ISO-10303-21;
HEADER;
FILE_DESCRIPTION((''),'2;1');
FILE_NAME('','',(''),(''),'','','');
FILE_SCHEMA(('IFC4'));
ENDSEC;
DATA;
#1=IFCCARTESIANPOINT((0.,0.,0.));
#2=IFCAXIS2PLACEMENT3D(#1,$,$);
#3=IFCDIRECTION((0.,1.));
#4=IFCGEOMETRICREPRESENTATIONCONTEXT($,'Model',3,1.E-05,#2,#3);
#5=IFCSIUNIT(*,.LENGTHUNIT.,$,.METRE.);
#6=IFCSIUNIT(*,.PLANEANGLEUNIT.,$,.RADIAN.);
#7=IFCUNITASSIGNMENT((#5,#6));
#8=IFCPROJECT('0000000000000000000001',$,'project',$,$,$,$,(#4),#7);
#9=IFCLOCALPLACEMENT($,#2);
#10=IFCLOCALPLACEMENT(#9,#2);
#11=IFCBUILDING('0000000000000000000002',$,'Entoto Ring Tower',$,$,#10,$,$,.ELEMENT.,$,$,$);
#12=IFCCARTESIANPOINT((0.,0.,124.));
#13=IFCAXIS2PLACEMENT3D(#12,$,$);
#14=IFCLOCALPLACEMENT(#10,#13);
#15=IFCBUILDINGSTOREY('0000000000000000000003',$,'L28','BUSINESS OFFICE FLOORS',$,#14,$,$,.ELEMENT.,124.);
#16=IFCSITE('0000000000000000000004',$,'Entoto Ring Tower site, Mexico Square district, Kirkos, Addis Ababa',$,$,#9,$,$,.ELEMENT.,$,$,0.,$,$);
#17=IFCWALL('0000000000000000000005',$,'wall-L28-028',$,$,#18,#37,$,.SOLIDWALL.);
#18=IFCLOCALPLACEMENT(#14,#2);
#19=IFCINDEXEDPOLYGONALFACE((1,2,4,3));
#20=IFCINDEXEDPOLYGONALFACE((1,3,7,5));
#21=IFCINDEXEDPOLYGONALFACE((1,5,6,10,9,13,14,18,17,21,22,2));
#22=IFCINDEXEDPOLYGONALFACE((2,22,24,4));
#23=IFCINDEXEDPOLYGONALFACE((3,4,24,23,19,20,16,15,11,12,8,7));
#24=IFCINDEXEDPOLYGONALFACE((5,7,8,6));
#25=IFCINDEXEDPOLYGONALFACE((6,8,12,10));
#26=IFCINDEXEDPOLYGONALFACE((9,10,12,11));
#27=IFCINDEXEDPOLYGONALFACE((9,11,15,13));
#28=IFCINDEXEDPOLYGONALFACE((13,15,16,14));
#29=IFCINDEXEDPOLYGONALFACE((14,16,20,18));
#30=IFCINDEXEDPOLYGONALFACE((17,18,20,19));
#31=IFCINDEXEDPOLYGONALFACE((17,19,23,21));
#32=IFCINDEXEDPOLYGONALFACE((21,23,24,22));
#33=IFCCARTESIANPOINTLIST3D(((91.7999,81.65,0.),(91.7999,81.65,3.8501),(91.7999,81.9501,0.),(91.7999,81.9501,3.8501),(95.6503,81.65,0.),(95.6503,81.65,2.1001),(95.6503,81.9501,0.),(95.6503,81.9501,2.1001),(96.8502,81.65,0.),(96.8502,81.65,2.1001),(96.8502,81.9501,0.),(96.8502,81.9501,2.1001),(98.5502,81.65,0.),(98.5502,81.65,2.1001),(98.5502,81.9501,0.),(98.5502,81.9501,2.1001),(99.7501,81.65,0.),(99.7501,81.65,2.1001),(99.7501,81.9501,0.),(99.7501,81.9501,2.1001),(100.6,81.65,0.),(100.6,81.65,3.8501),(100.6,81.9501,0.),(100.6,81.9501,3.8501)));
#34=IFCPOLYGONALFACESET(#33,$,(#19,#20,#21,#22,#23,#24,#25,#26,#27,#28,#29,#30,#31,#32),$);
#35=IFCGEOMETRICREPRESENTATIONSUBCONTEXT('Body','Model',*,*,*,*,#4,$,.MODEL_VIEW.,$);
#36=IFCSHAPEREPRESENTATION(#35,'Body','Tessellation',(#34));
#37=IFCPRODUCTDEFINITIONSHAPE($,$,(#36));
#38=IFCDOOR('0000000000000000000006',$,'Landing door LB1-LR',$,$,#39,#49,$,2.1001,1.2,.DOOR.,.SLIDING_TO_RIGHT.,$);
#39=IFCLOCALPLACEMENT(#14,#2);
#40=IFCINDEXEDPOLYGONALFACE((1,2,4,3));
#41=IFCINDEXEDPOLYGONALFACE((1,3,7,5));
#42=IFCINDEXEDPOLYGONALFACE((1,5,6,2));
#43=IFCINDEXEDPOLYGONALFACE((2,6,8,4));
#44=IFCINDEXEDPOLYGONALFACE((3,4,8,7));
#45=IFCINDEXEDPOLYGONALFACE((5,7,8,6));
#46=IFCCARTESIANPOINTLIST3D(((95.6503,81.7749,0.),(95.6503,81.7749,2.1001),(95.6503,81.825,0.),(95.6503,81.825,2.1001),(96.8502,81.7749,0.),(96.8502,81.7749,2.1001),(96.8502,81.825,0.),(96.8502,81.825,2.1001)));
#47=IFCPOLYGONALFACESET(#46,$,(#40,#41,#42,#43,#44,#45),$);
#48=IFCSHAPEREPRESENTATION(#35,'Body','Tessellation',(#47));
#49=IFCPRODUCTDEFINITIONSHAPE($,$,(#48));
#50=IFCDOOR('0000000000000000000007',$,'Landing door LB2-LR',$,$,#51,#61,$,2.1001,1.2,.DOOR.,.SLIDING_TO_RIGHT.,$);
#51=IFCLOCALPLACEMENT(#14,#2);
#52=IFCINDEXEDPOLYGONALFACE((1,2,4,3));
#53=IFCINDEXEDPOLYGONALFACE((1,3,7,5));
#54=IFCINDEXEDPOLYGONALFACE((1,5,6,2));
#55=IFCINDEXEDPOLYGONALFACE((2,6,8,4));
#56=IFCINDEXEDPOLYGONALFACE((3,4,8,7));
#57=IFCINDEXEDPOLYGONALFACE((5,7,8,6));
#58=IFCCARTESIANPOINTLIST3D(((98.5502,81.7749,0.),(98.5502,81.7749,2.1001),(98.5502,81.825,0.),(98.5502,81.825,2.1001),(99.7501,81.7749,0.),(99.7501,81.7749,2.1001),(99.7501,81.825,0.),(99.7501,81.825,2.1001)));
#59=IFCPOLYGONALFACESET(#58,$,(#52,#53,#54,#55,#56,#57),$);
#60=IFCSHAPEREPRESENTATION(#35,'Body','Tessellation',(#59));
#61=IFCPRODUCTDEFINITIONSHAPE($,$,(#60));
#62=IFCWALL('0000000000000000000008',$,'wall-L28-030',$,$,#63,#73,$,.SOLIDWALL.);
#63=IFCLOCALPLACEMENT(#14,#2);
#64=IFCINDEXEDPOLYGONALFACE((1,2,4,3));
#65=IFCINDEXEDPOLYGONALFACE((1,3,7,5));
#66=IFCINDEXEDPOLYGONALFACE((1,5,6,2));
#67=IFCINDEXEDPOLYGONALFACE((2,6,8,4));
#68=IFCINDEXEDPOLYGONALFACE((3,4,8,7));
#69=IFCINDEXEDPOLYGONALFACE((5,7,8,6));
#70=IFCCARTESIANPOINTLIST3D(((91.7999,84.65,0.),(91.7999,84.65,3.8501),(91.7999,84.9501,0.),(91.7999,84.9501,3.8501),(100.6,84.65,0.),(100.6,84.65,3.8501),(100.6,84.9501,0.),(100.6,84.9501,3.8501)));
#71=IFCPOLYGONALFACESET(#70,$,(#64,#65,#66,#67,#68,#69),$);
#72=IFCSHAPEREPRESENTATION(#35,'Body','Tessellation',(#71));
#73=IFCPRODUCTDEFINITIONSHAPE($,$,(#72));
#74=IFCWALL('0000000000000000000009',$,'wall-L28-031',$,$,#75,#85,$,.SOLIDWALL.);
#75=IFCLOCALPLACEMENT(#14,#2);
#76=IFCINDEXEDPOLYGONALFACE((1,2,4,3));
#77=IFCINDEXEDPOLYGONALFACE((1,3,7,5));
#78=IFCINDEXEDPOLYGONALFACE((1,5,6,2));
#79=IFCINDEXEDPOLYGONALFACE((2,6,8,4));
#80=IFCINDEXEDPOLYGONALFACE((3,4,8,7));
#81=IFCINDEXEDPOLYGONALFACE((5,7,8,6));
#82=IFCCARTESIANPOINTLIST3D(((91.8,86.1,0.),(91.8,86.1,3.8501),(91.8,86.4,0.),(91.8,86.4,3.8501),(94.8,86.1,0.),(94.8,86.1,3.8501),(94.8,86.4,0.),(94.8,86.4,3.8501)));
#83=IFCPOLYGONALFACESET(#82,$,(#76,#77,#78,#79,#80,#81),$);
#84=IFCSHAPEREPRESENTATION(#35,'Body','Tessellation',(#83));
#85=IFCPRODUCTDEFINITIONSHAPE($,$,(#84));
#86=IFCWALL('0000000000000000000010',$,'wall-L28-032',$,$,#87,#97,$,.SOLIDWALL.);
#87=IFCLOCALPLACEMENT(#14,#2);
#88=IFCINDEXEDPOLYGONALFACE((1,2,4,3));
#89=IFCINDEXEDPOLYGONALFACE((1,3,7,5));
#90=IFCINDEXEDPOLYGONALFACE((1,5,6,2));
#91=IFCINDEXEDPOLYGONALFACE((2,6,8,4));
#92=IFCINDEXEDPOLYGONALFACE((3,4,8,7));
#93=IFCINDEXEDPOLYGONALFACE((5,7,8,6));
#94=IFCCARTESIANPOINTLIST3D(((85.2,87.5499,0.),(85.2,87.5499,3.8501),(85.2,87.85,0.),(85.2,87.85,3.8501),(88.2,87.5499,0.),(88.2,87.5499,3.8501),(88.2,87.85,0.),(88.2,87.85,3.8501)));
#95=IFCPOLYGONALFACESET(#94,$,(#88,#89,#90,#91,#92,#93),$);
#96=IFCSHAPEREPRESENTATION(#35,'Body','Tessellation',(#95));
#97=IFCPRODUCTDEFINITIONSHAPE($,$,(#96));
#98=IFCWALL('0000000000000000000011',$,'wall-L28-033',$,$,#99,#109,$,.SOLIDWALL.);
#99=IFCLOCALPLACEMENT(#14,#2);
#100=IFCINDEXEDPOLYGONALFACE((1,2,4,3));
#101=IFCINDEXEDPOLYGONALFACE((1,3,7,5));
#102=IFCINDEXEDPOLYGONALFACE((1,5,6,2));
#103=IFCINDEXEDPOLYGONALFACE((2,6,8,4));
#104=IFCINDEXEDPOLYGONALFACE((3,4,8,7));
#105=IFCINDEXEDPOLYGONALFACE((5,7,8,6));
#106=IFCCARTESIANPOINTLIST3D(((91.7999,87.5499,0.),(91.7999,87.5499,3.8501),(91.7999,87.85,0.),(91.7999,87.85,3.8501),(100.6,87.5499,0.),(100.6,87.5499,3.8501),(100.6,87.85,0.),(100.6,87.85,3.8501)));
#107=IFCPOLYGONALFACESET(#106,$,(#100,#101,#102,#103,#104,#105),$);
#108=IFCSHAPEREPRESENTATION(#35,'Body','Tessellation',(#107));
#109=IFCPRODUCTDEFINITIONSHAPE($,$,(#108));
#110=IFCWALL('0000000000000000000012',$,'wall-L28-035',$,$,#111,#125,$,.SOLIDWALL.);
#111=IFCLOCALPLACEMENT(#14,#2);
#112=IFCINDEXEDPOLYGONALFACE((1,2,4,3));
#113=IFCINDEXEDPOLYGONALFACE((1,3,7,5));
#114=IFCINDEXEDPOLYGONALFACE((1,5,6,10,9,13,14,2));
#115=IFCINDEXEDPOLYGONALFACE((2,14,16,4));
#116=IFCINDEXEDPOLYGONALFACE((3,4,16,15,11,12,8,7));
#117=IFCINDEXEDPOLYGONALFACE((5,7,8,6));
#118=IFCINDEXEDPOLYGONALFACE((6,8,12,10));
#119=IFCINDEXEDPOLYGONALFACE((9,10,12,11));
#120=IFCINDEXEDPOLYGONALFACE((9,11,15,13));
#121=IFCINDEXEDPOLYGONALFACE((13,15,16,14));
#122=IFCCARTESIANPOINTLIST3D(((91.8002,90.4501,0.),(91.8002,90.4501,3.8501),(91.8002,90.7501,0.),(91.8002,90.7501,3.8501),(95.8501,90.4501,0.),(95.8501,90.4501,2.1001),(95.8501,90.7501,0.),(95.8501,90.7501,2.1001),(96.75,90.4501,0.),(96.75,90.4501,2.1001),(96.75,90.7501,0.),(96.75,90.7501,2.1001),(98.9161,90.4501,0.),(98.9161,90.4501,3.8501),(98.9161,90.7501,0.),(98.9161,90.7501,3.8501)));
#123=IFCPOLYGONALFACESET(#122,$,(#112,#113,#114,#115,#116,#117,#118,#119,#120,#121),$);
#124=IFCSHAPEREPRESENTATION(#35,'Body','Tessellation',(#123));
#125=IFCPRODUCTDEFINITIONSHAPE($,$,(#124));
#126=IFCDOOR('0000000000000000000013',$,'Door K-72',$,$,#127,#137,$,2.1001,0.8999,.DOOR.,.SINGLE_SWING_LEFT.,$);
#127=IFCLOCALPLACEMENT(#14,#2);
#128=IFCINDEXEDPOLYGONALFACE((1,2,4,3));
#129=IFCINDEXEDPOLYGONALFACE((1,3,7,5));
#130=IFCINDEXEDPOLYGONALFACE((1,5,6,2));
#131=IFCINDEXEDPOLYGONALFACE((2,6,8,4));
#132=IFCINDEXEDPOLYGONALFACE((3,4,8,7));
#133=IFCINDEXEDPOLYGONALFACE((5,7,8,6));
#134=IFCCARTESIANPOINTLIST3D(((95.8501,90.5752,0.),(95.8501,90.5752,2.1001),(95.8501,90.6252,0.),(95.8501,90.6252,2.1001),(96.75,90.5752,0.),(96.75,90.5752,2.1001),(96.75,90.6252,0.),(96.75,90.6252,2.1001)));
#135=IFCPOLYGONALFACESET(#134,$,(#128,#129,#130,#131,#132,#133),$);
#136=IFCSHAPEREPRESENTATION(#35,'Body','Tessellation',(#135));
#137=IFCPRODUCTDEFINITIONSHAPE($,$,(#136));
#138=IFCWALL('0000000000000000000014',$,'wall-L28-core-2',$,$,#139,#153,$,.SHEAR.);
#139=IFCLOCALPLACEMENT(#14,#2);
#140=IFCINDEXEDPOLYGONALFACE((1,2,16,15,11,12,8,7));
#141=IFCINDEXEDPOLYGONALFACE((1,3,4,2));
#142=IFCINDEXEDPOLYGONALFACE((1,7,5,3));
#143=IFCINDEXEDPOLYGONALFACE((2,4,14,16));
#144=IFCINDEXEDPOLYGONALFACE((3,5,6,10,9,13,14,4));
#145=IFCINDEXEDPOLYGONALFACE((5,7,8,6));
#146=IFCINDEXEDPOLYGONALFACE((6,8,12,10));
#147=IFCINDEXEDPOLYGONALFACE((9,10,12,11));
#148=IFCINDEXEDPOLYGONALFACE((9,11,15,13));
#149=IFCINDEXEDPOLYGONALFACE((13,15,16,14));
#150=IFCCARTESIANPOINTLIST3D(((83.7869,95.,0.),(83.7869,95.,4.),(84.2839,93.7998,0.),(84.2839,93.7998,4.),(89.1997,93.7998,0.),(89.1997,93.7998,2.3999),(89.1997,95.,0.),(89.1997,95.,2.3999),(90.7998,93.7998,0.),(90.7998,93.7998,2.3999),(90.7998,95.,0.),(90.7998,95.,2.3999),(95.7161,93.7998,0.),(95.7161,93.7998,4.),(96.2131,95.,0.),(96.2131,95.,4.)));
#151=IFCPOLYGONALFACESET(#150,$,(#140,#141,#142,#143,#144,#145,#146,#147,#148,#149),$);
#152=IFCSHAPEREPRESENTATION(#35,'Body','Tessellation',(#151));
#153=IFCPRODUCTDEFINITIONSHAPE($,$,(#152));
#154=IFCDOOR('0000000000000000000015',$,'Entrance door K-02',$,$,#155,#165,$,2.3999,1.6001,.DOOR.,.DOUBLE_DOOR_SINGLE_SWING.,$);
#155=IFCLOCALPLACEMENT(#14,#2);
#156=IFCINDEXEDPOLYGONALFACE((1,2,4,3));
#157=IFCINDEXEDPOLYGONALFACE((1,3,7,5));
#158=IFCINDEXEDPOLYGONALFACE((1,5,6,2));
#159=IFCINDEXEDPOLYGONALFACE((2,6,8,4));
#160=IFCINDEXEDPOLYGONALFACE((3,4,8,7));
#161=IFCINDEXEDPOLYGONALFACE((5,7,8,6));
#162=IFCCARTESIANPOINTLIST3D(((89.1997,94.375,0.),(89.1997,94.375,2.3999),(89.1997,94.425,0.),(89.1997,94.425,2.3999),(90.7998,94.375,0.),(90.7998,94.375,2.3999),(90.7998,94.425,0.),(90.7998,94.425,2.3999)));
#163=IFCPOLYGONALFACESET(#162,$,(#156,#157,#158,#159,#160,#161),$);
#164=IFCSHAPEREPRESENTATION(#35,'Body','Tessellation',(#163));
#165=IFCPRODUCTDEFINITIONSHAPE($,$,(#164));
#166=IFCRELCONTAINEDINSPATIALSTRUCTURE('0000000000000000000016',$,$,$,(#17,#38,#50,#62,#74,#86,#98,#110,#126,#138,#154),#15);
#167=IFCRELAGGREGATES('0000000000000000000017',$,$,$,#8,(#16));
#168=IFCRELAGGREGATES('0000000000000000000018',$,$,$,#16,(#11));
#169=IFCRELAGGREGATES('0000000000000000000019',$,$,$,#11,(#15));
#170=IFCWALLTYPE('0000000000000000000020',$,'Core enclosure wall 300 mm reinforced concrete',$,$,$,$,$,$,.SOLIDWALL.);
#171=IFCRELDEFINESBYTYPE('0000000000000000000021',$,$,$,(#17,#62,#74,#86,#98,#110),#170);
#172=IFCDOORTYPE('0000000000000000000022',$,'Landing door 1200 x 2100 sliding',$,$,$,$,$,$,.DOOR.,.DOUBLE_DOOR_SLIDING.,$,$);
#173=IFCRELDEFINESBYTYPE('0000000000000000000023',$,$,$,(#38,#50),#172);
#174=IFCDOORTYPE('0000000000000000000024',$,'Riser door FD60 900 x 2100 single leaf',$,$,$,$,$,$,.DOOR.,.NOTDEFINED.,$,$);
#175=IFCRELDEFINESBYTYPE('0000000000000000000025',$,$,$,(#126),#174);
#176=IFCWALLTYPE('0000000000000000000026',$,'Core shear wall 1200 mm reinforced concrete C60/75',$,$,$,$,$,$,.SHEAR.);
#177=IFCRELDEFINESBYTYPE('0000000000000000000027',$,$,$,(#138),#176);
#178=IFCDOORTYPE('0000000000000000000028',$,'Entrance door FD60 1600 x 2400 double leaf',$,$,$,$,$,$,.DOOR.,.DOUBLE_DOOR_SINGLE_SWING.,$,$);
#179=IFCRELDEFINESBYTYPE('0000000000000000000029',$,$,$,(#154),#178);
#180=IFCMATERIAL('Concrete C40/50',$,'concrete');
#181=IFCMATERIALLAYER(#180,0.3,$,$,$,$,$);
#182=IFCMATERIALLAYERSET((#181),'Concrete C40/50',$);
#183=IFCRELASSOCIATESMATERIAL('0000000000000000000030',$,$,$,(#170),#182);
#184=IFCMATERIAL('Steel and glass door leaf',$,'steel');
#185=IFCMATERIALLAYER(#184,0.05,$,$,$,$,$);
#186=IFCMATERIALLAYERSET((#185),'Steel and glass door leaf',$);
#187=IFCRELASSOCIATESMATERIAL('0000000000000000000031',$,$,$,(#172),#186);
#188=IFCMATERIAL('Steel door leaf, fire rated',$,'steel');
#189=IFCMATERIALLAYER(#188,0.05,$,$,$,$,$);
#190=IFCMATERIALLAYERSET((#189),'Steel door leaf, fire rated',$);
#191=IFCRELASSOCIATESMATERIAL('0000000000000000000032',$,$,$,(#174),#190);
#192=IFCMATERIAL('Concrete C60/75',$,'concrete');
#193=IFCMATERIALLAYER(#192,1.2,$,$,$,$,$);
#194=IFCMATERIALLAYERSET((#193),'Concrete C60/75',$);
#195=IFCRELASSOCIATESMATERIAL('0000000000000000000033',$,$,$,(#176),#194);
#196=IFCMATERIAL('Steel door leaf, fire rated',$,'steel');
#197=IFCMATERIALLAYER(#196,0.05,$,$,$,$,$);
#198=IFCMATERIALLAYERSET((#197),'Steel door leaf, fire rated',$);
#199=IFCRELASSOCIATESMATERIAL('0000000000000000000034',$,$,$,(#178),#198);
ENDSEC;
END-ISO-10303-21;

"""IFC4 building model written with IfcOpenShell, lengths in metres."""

from ifc_helpers import new_model, si_unit, direction, frame, frame_2d, origin, place, context, subcontext, project, spatial, polyline, rectangle, outline, extrude, material, layer, layer_set, type_object, element, fill, save


model = new_model("IFC4")

# Units and contexts
model_context = context("Model", 3, precision=1e-05, world=origin(), true_north=direction((0.0, 1.0)))
body_context = subcontext(model_context, "Body", "Model", "MODEL_VIEW")
ifc_project = project(units=[si_unit("LENGTHUNIT", "METRE"), si_unit("PLANEANGLEUNIT", "RADIAN")], contexts=[model_context])

# Site, building, storey
site_placement = place(None, origin())
site = spatial("IfcSite", under=ifc_project, at=site_placement, Name="Entoto Ring Tower site, Mexico Square district, Kirkos, Addis Ababa", CompositionType="ELEMENT", RefElevation=0.0)
building_placement = place(site_placement, origin())
building = spatial("IfcBuilding", under=site, at=building_placement, Name="Entoto Ring Tower", CompositionType="ELEMENT")
storey_placement = place(building_placement, frame((0.0, 0.0, 124.0)))
storey = spatial("IfcBuildingStorey", under=building, at=storey_placement, Name="L28", Description="BUSINESS OFFICE FLOORS", CompositionType="ELEMENT", Elevation=124.0)

# Shared definitions
ifc_material_1 = material(Name="Concrete C40/50", Category="concrete")
ifc_layer_1 = layer(ifc_material_1, 0.3)
ifc_layer_set_1 = layer_set([ifc_layer_1], Name="Concrete C40/50")
wall_type_1 = type_object("IfcWallType", Name="Core enclosure wall 300 mm reinforced concrete", PredefinedType="SOLIDWALL", material=ifc_layer_set_1)

# Wall, openings, doors
wall_1_placement = place(storey_placement, frame((91.8, 81.8, 0.0), z_axis=(0.0, 0.0, 1.0), x_axis=(1.0, 0.0, 0.0)))
wall_1 = element("IfcWall", 1, at=wall_1_placement, inside=storey, type_object=wall_type_1, Name="wall-L28-028", PredefinedType="SOLIDWALL", context=body_context, shape_type="SweptSolid", body=[
    extrude(rectangle(XDim=8.8, YDim=0.3, at=frame_2d((4.3999, 0.0))), origin(), (0.0, 0.0, 1.0), 3.8501),
])
opening_1_placement = place(wall_1_placement, frame((3.8501, 0.0, 0.0)))
opening_1 = element("IfcOpeningElement", 2, at=opening_1_placement, cuts=wall_1, PredefinedType="OPENING", context=body_context, shape_type="SweptSolid", body=[
    extrude(rectangle(XDim=1.2, YDim=2.1001, at=frame_2d((0.6001, 1.05))), frame((0.0, 0.1602, 0.0), z_axis=(0.0, -1.0, 0.0), x_axis=(1.0, 0.0, 0.0)), (0.0, 0.0, 1.0), 0.3201),
])
opening_2_placement = place(wall_1_placement, frame((6.75, 0.0, 0.0)))
opening_2 = element("IfcOpeningElement", 3, at=opening_2_placement, cuts=wall_1, PredefinedType="OPENING", context=body_context, shape_type="SweptSolid", body=[
    extrude(rectangle(XDim=1.2, YDim=2.1001, at=frame_2d((0.6001, 1.05))), frame((0.0, 0.1602, 0.0), z_axis=(0.0, -1.0, 0.0), x_axis=(1.0, 0.0, 0.0)), (0.0, 0.0, 1.0), 0.3201),
])
ifc_material_2 = material(Name="Steel and glass door leaf", Category="steel")
ifc_layer_2 = layer(ifc_material_2, 0.05)
ifc_layer_set_2 = layer_set([ifc_layer_2], Name="Steel and glass door leaf")
door_type_1 = type_object("IfcDoorType", Name="Landing door 1200 x 2100 sliding", OperationType="DOUBLE_DOOR_SLIDING", PredefinedType="DOOR", material=ifc_layer_set_2)
door_1_placement = place(opening_1_placement, origin())
door_1 = element("IfcDoor", 4, at=door_1_placement, inside=storey, type_object=door_type_1, Name="Landing door LB1-LR", OperationType="SLIDING_TO_RIGHT", OverallHeight=2.1001, OverallWidth=1.2, PredefinedType="DOOR", context=body_context, shape_type="SweptSolid", body=[
    extrude(rectangle(XDim=1.2, YDim=2.1001, at=frame_2d((0.6001, 1.05))), frame((0.0, 0.0249, 0.0), z_axis=(0.0, -1.0, 0.0), x_axis=(1.0, 0.0, 0.0)), (0.0, 0.0, 1.0), 0.05),
])
fill(opening_1, door_1)
door_2_placement = place(opening_2_placement, origin())
door_2 = element("IfcDoor", 5, at=door_2_placement, inside=storey, type_object=door_type_1, Name="Landing door LB2-LR", OperationType="SLIDING_TO_RIGHT", OverallHeight=2.1001, OverallWidth=1.2, PredefinedType="DOOR", context=body_context, shape_type="SweptSolid", body=[
    extrude(rectangle(XDim=1.2, YDim=2.1001, at=frame_2d((0.6001, 1.05))), frame((0.0, 0.0249, 0.0), z_axis=(0.0, -1.0, 0.0), x_axis=(1.0, 0.0, 0.0)), (0.0, 0.0, 1.0), 0.05),
])
fill(opening_2, door_2)

# Walls
wall_2_placement = place(storey_placement, frame((91.8, 84.8, 0.0), z_axis=(0.0, 0.0, 1.0), x_axis=(1.0, 0.0, 0.0)))
element("IfcWall", 6, at=wall_2_placement, inside=storey, type_object=wall_type_1, Name="wall-L28-030", PredefinedType="SOLIDWALL", context=body_context, shape_type="SweptSolid", body=[
    extrude(rectangle(XDim=8.8, YDim=0.3, at=frame_2d((4.3999, 0.0))), origin(), (0.0, 0.0, 1.0), 3.8501),
])
for number, where, z_axis, x_axis, name in (
    (7, (91.8, 86.25, 0.0), (0.0, 0.0, 1.0), (1.0, 0.0, 0.0), "wall-L28-031"),
    (8, (85.2, 87.7, 0.0), (0.0, 0.0, 1.0), (1.0, 0.0, 0.0), "wall-L28-032"),
):
    element("IfcWall", number, at=place(storey_placement, frame(where, z_axis=z_axis, x_axis=x_axis)), inside=storey, type_object=wall_type_1, Name=name, PredefinedType="SOLIDWALL", context=body_context, shape_type="SweptSolid", body=[
        extrude(rectangle(XDim=3.0, YDim=0.3, at=frame_2d((1.5, 0.0))), origin(), (0.0, 0.0, 1.0), 3.8501),
    ])
wall_3_placement = place(storey_placement, frame((91.8, 87.7, 0.0), z_axis=(0.0, 0.0, 1.0), x_axis=(1.0, 0.0, 0.0)))
element("IfcWall", 9, at=wall_3_placement, inside=storey, type_object=wall_type_1, Name="wall-L28-033", PredefinedType="SOLIDWALL", context=body_context, shape_type="SweptSolid", body=[
    extrude(rectangle(XDim=8.8, YDim=0.3, at=frame_2d((4.3999, 0.0))), origin(), (0.0, 0.0, 1.0), 3.8501),
])

# Walls, openings, doors
wall_4_placement = place(storey_placement, frame((91.8, 90.6001, 0.0), z_axis=(0.0, 0.0, 1.0), x_axis=(1.0, 0.0, 0.0)))
wall_4 = element("IfcWall", 10, at=wall_4_placement, inside=storey, type_object=wall_type_1, Name="wall-L28-035", PredefinedType="SOLIDWALL", context=body_context, shape_type="SweptSolid", body=[
    extrude(rectangle(XDim=7.116, YDim=0.3, at=frame_2d((3.5581, 0.0))), origin(), (0.0, 0.0, 1.0), 3.8501),
])
opening_3_placement = place(wall_4_placement, frame((4.05, 0.0, 0.0)))
opening_3 = element("IfcOpeningElement", 11, at=opening_3_placement, cuts=wall_4, PredefinedType="OPENING", context=body_context, shape_type="SweptSolid", body=[
    extrude(rectangle(XDim=0.8999, YDim=2.1001, at=frame_2d((0.45, 1.05))), frame((0.0, 0.1602, 0.0), z_axis=(0.0, -1.0, 0.0), x_axis=(1.0, 0.0, 0.0)), (0.0, 0.0, 1.0), 0.3201),
])
ifc_material_3 = material(Name="Steel door leaf, fire rated", Category="steel")
ifc_layer_3 = layer(ifc_material_3, 0.05)
ifc_layer_set_3 = layer_set([ifc_layer_3], Name="Steel door leaf, fire rated")
door_type_2 = type_object("IfcDoorType", Name="Riser door FD60 900 x 2100 single leaf", OperationType="NOTDEFINED", PredefinedType="DOOR", material=ifc_layer_set_3)
door_3_placement = place(opening_3_placement, frame((0.8999, 0.0, 0.0), z_axis=(0.0, 0.0, 1.0), x_axis=(-1.0, 0.0, 0.0)))
door_3 = element("IfcDoor", 12, at=door_3_placement, inside=storey, type_object=door_type_2, Name="Door K-72", OperationType="SINGLE_SWING_LEFT", OverallHeight=2.1001, OverallWidth=0.8999, PredefinedType="DOOR", context=body_context, shape_type="SweptSolid", body=[
    extrude(rectangle(XDim=0.8999, YDim=2.1001, at=frame_2d((0.45, 1.05))), frame((0.0, 0.0249, 0.0), z_axis=(0.0, -1.0, 0.0), x_axis=(1.0, 0.0, 0.0)), (0.0, 0.0, 1.0), 0.05),
])
fill(opening_3, door_3)
ifc_material_4 = material(Name="Concrete C60/75", Category="concrete")
ifc_layer_4 = layer(ifc_material_4, 1.2)
ifc_layer_set_4 = layer_set([ifc_layer_4], Name="Concrete C60/75")
wall_type_2 = type_object("IfcWallType", Name="Core shear wall 1200 mm reinforced concrete C60/75", PredefinedType="SHEAR", material=ifc_layer_set_4)
wall_5_placement = place(storey_placement, frame((95.9646, 94.3999, 0.0), z_axis=(0.0, 0.0, 1.0), x_axis=(-1.0, 0.0, 0.0)))
wall_5 = element("IfcWall", 13, at=wall_5_placement, inside=storey, type_object=wall_type_2, Name="wall-L28-core-2", PredefinedType="SHEAR", context=body_context, shape_type="SweptSolid", body=[
    extrude(outline(polyline([(-0.2485, -0.6001), (12.1777, -0.6001), (11.6807, 0.6001), (0.2485, 0.6001), (-0.2485, -0.6001)])), origin(), (0.0, 0.0, 1.0), 4.0),
])
opening_4_placement = place(wall_5_placement, frame((5.1648, 0.0, 0.0)))
opening_4 = element("IfcOpeningElement", 14, at=opening_4_placement, cuts=wall_5, PredefinedType="OPENING", context=body_context, shape_type="SweptSolid", body=[
    extrude(rectangle(XDim=1.6001, YDim=2.3999, at=frame_2d((0.8, 1.2))), frame((0.0, 0.6099, 0.0), z_axis=(0.0, -1.0, 0.0), x_axis=(1.0, 0.0, 0.0)), (0.0, 0.0, 1.0), 1.22),
])
ifc_material_5 = material(Name="Steel door leaf, fire rated", Category="steel")
ifc_layer_5 = layer(ifc_material_5, 0.05)
ifc_layer_set_5 = layer_set([ifc_layer_5], Name="Steel door leaf, fire rated")
door_type_3 = type_object("IfcDoorType", Name="Entrance door FD60 1600 x 2400 double leaf", OperationType="DOUBLE_DOOR_SINGLE_SWING", PredefinedType="DOOR", material=ifc_layer_set_5)
door_4_placement = place(opening_4_placement, origin())
door_4 = element("IfcDoor", 15, at=door_4_placement, inside=storey, type_object=door_type_3, Name="Entrance door K-02", OperationType="DOUBLE_DOOR_SINGLE_SWING", OverallHeight=2.3999, OverallWidth=1.6001, PredefinedType="DOOR", context=body_context, shape_type="SweptSolid", body=[
    extrude(rectangle(XDim=1.6001, YDim=2.3999, at=frame_2d((0.8, 1.2))), frame((0.0, 0.0249, 0.0), z_axis=(0.0, -1.0, 0.0), x_axis=(1.0, 0.0, 0.0)), (0.0, 0.0, 1.0), 0.05),
])
fill(opening_4, door_4)

save(model, "model.ifc")
